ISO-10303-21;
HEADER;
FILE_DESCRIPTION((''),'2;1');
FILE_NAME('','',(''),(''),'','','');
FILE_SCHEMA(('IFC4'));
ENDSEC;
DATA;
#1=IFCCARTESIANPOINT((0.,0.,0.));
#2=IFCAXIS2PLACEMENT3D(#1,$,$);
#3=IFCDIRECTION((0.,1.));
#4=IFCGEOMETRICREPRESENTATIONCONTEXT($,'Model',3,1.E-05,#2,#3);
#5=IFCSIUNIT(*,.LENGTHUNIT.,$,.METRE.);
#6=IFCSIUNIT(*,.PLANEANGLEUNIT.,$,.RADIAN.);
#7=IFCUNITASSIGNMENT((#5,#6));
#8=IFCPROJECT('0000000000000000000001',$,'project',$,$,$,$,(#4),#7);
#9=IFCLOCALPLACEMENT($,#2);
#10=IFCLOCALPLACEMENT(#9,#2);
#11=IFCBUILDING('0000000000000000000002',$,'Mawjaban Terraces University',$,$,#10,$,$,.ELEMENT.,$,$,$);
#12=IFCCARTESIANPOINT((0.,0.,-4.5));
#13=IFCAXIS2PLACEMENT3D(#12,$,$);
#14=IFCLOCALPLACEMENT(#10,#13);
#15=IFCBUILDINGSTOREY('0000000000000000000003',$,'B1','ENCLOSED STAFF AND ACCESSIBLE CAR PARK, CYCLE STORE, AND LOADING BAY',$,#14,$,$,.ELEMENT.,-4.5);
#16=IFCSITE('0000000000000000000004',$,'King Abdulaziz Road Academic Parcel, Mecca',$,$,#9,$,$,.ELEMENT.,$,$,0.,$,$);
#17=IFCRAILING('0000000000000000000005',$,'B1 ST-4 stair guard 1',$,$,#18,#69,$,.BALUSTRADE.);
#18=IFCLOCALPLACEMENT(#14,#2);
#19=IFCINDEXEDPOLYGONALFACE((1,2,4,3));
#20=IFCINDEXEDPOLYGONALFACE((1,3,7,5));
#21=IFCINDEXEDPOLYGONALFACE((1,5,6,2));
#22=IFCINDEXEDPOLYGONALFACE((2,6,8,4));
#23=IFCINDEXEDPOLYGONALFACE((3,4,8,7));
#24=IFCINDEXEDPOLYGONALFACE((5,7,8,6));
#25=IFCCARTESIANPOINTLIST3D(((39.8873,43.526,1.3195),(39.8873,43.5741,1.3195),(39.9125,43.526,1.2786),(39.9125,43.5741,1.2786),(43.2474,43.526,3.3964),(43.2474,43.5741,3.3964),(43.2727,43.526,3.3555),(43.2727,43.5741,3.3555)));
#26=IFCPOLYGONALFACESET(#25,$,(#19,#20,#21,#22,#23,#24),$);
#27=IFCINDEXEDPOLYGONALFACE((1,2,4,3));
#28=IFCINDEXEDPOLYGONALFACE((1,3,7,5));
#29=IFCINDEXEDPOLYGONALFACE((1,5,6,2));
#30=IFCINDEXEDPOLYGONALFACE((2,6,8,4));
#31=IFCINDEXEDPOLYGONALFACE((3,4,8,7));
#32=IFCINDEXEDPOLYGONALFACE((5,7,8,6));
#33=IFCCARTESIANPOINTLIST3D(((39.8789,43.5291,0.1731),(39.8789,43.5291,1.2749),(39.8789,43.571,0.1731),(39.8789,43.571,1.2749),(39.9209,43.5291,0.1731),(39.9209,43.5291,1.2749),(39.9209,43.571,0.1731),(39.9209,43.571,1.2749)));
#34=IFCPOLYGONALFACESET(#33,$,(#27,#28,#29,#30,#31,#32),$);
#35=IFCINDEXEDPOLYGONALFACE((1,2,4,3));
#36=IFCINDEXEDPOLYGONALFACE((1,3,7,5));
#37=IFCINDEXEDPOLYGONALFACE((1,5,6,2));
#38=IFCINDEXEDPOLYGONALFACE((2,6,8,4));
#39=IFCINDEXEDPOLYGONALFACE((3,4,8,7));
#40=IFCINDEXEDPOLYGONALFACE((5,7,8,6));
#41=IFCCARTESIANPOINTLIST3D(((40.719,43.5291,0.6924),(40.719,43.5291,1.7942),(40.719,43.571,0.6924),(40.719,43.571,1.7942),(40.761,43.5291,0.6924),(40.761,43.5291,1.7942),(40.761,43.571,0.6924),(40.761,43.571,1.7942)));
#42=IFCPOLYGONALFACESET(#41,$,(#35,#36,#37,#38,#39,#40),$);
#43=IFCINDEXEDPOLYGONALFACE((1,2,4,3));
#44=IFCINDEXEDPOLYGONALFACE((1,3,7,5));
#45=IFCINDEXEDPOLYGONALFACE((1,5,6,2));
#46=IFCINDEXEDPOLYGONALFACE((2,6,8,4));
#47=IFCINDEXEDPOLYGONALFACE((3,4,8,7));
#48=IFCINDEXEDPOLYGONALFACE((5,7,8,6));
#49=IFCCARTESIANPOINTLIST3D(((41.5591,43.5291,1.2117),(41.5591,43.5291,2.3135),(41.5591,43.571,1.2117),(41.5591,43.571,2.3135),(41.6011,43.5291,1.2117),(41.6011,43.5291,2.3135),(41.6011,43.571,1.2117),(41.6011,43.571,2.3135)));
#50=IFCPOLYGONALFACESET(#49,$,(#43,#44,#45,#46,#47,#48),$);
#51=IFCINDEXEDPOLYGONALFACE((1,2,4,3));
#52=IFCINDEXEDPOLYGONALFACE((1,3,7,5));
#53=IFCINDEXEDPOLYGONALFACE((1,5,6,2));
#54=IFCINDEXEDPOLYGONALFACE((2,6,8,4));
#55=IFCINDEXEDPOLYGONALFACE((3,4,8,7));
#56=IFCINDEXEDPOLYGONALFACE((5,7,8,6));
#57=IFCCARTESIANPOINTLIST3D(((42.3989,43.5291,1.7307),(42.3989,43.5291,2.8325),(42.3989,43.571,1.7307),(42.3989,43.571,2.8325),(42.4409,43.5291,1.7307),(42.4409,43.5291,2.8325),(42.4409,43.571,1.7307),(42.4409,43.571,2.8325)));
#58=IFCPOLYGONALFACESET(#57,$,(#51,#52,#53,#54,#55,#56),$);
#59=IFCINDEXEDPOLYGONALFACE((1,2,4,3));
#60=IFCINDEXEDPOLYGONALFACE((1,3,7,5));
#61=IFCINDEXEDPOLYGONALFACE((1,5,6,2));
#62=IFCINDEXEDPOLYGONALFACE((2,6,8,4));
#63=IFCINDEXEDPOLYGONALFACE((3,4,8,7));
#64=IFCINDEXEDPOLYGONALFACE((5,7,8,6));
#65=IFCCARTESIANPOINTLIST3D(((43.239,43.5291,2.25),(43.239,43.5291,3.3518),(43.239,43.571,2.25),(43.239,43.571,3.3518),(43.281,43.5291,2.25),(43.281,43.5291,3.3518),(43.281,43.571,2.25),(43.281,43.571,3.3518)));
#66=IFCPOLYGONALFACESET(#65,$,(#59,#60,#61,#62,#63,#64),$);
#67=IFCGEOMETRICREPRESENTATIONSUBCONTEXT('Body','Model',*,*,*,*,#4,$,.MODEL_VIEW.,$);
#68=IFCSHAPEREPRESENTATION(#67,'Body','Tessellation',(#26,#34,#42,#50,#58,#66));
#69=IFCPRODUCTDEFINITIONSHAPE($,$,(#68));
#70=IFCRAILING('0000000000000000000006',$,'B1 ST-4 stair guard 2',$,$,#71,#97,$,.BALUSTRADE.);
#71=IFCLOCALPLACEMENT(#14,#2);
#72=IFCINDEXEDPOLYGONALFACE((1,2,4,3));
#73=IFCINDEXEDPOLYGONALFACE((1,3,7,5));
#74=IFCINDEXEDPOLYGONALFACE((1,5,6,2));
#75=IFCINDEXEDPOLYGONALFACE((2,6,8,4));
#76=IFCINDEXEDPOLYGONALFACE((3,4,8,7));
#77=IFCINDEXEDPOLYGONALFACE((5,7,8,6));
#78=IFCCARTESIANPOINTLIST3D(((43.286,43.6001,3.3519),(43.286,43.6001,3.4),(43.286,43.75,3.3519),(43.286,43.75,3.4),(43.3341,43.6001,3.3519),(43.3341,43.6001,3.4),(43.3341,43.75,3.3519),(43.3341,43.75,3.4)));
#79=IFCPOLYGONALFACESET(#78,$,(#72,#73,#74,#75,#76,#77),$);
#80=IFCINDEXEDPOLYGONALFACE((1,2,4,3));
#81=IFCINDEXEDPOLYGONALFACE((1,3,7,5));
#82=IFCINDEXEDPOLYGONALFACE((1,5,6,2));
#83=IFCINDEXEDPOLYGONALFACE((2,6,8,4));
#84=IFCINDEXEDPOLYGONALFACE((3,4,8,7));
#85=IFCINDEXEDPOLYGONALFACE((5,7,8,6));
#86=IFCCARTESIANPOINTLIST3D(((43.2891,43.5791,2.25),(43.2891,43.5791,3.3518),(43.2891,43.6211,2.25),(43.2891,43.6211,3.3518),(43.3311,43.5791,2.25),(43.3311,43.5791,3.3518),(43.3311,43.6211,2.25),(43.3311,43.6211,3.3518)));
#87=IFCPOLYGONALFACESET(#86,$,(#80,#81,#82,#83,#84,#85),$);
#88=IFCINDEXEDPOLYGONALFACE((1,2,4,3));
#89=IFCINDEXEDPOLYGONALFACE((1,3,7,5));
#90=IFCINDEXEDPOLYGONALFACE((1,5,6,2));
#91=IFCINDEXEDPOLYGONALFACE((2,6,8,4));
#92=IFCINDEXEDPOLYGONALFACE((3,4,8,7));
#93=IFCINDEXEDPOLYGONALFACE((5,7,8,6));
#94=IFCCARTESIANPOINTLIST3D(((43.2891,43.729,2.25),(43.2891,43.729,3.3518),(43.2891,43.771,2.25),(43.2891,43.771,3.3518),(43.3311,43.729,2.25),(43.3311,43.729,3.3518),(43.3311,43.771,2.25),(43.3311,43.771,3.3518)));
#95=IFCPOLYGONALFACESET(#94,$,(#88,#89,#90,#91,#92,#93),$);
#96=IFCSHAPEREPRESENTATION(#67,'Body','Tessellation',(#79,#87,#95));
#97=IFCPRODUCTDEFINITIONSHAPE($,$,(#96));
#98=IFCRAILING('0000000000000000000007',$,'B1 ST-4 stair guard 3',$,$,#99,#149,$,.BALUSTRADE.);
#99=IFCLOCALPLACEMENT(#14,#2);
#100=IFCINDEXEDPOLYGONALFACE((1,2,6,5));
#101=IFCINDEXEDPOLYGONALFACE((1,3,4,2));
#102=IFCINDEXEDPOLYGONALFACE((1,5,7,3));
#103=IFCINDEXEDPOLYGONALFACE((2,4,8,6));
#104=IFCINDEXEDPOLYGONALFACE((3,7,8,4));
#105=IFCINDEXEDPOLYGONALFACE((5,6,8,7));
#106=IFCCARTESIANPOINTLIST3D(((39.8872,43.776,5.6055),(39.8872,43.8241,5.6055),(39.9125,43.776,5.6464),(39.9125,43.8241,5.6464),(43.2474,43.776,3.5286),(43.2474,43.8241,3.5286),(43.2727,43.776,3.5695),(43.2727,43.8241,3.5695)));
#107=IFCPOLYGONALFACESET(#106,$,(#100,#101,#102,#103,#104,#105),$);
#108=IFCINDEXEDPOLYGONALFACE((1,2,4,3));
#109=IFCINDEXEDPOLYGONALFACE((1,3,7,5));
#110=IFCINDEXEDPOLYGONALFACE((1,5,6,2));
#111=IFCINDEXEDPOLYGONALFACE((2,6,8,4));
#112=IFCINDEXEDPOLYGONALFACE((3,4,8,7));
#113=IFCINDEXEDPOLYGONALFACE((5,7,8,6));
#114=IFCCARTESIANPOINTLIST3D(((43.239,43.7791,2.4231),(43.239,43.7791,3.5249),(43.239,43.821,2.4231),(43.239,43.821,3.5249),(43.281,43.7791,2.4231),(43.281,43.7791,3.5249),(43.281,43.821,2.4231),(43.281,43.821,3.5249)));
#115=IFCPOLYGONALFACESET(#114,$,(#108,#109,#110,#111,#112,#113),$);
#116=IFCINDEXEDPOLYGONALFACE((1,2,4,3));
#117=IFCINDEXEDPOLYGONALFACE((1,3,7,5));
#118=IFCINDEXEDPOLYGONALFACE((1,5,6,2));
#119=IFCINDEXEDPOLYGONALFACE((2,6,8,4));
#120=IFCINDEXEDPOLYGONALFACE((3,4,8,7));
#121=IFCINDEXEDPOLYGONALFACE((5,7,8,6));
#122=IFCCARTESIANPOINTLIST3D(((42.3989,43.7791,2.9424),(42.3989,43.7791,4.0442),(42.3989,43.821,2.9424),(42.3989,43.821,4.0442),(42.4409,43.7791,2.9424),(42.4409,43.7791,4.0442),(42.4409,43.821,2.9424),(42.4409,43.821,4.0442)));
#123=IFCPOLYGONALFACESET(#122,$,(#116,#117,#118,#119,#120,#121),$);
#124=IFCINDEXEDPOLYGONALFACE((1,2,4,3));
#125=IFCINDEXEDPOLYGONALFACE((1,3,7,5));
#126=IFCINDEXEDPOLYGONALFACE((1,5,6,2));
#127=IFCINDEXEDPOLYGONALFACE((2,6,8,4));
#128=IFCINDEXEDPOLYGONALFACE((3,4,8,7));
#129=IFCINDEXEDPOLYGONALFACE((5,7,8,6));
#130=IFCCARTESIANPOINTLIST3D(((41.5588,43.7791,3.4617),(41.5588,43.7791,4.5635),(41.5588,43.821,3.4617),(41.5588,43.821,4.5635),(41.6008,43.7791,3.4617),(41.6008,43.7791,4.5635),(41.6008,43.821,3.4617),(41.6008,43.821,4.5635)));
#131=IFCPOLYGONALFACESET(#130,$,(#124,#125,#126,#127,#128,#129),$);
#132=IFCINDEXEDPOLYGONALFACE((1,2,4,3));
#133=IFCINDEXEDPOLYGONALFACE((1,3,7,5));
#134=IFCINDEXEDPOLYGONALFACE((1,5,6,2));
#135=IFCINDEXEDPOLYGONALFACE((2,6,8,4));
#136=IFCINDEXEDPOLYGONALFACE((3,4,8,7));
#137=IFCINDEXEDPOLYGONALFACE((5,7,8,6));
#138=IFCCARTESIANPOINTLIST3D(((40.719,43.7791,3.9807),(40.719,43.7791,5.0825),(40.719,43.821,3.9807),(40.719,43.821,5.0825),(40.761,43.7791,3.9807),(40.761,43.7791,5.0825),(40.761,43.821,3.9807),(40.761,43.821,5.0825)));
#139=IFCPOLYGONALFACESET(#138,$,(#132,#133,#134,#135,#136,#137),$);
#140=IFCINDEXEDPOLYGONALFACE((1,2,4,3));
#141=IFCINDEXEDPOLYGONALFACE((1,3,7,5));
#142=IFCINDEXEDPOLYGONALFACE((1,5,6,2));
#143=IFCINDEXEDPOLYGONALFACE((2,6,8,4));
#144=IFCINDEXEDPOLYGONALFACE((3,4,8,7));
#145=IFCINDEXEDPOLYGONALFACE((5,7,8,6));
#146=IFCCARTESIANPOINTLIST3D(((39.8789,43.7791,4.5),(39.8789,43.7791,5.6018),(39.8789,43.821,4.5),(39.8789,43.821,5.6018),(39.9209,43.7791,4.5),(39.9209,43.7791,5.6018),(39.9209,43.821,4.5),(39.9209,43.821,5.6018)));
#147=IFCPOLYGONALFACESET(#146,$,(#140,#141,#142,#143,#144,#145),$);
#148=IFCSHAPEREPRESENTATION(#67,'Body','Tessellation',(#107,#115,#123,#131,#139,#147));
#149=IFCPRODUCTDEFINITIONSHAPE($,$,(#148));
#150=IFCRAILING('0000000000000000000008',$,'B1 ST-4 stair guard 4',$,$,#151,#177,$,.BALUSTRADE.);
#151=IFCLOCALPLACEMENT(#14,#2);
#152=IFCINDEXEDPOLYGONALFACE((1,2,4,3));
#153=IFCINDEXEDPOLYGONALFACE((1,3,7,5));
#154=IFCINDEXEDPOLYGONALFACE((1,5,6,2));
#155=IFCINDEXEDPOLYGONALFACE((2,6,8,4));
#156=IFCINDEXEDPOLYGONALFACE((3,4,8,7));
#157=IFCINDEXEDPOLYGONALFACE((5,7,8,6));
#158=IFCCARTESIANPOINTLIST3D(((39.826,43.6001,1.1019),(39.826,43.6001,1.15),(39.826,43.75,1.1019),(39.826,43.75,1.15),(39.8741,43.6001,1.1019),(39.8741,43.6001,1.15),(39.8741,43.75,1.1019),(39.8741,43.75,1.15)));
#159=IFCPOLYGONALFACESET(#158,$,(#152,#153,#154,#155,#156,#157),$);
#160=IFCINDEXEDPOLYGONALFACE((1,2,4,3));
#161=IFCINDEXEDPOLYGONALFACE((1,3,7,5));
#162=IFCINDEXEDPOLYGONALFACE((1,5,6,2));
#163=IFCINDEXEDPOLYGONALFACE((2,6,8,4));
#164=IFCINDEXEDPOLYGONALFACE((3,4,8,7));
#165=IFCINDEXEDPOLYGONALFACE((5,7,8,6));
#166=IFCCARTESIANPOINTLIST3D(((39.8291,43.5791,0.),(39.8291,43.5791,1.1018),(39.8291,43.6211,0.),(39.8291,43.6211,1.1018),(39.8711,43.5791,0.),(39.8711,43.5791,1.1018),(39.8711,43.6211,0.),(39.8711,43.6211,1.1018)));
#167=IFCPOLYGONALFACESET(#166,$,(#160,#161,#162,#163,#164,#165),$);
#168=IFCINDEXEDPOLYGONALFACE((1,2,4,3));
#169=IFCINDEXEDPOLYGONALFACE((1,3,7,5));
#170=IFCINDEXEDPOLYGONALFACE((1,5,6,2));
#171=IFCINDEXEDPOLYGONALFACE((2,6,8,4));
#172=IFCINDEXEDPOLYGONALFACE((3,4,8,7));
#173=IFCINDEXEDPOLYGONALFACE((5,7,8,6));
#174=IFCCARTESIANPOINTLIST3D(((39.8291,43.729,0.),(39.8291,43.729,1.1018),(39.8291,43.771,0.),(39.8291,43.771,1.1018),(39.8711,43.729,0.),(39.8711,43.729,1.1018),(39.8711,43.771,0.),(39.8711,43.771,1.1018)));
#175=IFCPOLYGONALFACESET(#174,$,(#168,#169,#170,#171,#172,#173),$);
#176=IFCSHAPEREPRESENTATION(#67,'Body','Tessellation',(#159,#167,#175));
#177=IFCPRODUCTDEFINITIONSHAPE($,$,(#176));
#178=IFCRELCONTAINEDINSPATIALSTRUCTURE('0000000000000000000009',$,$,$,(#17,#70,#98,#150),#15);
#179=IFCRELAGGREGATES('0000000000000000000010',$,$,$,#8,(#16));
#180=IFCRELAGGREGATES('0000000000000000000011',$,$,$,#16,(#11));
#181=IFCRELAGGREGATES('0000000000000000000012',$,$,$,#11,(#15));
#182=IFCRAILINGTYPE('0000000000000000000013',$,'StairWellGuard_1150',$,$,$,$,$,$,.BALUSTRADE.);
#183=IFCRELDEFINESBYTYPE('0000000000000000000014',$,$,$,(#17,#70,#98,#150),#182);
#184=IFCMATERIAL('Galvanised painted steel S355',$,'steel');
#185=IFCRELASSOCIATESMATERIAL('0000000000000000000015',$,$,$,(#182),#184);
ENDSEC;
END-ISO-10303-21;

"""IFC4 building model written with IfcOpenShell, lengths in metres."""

from ifc_helpers import new_model, si_unit, direction, frame, origin, origin_2d, place, context, subcontext, project, spatial, rectangle, extrude, material, type_object, element, save


model = new_model("IFC4")

# Units and contexts
model_context = context("Model", 3, precision=1e-05, world=origin(), true_north=direction((0.0, 1.0)))
body_context = subcontext(model_context, "Body", "Model", "MODEL_VIEW")
ifc_project = project(units=[si_unit("LENGTHUNIT", "METRE"), si_unit("PLANEANGLEUNIT", "RADIAN")], contexts=[model_context])

# Site, building, storey
site_placement = place(None, origin())
site = spatial("IfcSite", under=ifc_project, at=site_placement, Name="King Abdulaziz Road Academic Parcel, Mecca", CompositionType="ELEMENT", RefElevation=0.0)
building_placement = place(site_placement, origin())
building = spatial("IfcBuilding", under=site, at=building_placement, Name="Mawjaban Terraces University", CompositionType="ELEMENT")
storey_placement = place(building_placement, frame((0.0, 0.0, -4.5)))
storey = spatial("IfcBuildingStorey", under=building, at=storey_placement, Name="B1", Description="ENCLOSED STAFF AND ACCESSIBLE CAR PARK, CYCLE STORE, AND LOADING BAY", CompositionType="ELEMENT", Elevation=-4.5)

# Railings
ifc_material_1 = material(Name="Galvanised painted steel S355", Category="steel")
railing_type_1 = type_object("IfcRailingType", Name="StairWellGuard_1150", PredefinedType="BALUSTRADE", material=ifc_material_1)
railing_1_placement = place(storey_placement, frame((39.8999, 43.55, 0.1731)))
element("IfcRailing", 1, at=railing_1_placement, inside=storey, type_object=railing_type_1, Name="B1 ST-4 stair guard 1", PredefinedType="BALUSTRADE", context=body_context, shape_type="SweptSolid", body=[
    extrude(rectangle(XDim=0.0481, YDim=0.0481, at=origin_2d()), frame((0.0, 0.0, 1.126), z_axis=(0.850623, 0.0, 0.525776), x_axis=(0.0, 1.0, 0.0)), (0.0, 0.0, 1.0), 3.9502),
    extrude(rectangle(XDim=0.042, YDim=0.042, at=origin_2d()), origin(), (0.0, 0.0, 1.0), 1.1018),
    extrude(rectangle(XDim=0.042, YDim=0.042, at=origin_2d()), frame((0.8401, 0.0, 0.5193)), (0.0, 0.0, 1.0), 1.1018),
    extrude(rectangle(XDim=0.042, YDim=0.042, at=origin_2d()), frame((1.6802, 0.0, 1.0386)), (0.0, 0.0, 1.0), 1.1018),
    extrude(rectangle(XDim=0.042, YDim=0.042, at=origin_2d()), frame((2.52, 0.0, 1.5576)), (0.0, 0.0, 1.0), 1.1018),
    extrude(rectangle(XDim=0.042, YDim=0.042, at=origin_2d()), frame((3.3601, 0.0, 2.0769)), (0.0, 0.0, 1.0), 1.1018),
])
railing_2_placement = place(storey_placement, frame((43.3101, 43.6001, 2.25)))
element("IfcRailing", 2, at=railing_2_placement, inside=storey, type_object=railing_type_1, Name="B1 ST-4 stair guard 2", PredefinedType="BALUSTRADE", context=body_context, shape_type="SweptSolid", body=[
    extrude(rectangle(XDim=0.0481, YDim=0.0481, at=origin_2d()), frame((0.0, 0.0, 1.126), z_axis=(0.0, 1.0, 0.0), x_axis=(-1.0, 0.0, 0.0)), (0.0, 0.0, 1.0), 0.1499),
    extrude(rectangle(XDim=0.042, YDim=0.042, at=origin_2d()), origin(), (0.0, 0.0, 1.0), 1.1018),
    extrude(rectangle(XDim=0.042, YDim=0.042, at=origin_2d()), frame((0.0, 0.1499, 0.0)), (0.0, 0.0, 1.0), 1.1018),
])
railing_3_placement = place(storey_placement, frame((43.26, 43.8, 2.4231)))
element("IfcRailing", 3, at=railing_3_placement, inside=storey, type_object=railing_type_1, Name="B1 ST-4 stair guard 3", PredefinedType="BALUSTRADE", context=body_context, shape_type="SweptSolid", body=[
    extrude(rectangle(XDim=0.0481, YDim=0.0481, at=origin_2d()), frame((0.0, 0.0, 1.126), z_axis=(-0.850623, 0.0, 0.525776), x_axis=(0.0, -1.0, 0.0)), (0.0, 0.0, 1.0), 3.9502),
    extrude(rectangle(XDim=0.042, YDim=0.042, at=origin_2d()), origin(), (0.0, 0.0, 1.0), 1.1018),
    extrude(rectangle(XDim=0.042, YDim=0.042, at=origin_2d()), frame((-0.8401, 0.0, 0.5193)), (0.0, 0.0, 1.0), 1.1018),
    extrude(rectangle(XDim=0.042, YDim=0.042, at=origin_2d()), frame((-1.6802, 0.0, 1.0386)), (0.0, 0.0, 1.0), 1.1018),
    extrude(rectangle(XDim=0.042, YDim=0.042, at=origin_2d()), frame((-2.52, 0.0, 1.5576)), (0.0, 0.0, 1.0), 1.1018),
    extrude(rectangle(XDim=0.042, YDim=0.042, at=origin_2d()), frame((-3.3601, 0.0, 2.0769)), (0.0, 0.0, 1.0), 1.1018),
])
railing_4_placement = place(storey_placement, frame((39.8501, 43.6001, 0.0)))
element("IfcRailing", 4, at=railing_4_placement, inside=storey, type_object=railing_type_1, Name="B1 ST-4 stair guard 4", PredefinedType="BALUSTRADE", context=body_context, shape_type="SweptSolid", body=[
    extrude(rectangle(XDim=0.0481, YDim=0.0481, at=origin_2d()), frame((0.0, 0.0, 1.126), z_axis=(0.0, 1.0, 0.0), x_axis=(-1.0, 0.0, 0.0)), (0.0, 0.0, 1.0), 0.1499),
    extrude(rectangle(XDim=0.042, YDim=0.042, at=origin_2d()), origin(), (0.0, 0.0, 1.0), 1.1018),
    extrude(rectangle(XDim=0.042, YDim=0.042, at=origin_2d()), frame((0.0, 0.1499, 0.0)), (0.0, 0.0, 1.0), 1.1018),
])

save(model, "model.ifc")
